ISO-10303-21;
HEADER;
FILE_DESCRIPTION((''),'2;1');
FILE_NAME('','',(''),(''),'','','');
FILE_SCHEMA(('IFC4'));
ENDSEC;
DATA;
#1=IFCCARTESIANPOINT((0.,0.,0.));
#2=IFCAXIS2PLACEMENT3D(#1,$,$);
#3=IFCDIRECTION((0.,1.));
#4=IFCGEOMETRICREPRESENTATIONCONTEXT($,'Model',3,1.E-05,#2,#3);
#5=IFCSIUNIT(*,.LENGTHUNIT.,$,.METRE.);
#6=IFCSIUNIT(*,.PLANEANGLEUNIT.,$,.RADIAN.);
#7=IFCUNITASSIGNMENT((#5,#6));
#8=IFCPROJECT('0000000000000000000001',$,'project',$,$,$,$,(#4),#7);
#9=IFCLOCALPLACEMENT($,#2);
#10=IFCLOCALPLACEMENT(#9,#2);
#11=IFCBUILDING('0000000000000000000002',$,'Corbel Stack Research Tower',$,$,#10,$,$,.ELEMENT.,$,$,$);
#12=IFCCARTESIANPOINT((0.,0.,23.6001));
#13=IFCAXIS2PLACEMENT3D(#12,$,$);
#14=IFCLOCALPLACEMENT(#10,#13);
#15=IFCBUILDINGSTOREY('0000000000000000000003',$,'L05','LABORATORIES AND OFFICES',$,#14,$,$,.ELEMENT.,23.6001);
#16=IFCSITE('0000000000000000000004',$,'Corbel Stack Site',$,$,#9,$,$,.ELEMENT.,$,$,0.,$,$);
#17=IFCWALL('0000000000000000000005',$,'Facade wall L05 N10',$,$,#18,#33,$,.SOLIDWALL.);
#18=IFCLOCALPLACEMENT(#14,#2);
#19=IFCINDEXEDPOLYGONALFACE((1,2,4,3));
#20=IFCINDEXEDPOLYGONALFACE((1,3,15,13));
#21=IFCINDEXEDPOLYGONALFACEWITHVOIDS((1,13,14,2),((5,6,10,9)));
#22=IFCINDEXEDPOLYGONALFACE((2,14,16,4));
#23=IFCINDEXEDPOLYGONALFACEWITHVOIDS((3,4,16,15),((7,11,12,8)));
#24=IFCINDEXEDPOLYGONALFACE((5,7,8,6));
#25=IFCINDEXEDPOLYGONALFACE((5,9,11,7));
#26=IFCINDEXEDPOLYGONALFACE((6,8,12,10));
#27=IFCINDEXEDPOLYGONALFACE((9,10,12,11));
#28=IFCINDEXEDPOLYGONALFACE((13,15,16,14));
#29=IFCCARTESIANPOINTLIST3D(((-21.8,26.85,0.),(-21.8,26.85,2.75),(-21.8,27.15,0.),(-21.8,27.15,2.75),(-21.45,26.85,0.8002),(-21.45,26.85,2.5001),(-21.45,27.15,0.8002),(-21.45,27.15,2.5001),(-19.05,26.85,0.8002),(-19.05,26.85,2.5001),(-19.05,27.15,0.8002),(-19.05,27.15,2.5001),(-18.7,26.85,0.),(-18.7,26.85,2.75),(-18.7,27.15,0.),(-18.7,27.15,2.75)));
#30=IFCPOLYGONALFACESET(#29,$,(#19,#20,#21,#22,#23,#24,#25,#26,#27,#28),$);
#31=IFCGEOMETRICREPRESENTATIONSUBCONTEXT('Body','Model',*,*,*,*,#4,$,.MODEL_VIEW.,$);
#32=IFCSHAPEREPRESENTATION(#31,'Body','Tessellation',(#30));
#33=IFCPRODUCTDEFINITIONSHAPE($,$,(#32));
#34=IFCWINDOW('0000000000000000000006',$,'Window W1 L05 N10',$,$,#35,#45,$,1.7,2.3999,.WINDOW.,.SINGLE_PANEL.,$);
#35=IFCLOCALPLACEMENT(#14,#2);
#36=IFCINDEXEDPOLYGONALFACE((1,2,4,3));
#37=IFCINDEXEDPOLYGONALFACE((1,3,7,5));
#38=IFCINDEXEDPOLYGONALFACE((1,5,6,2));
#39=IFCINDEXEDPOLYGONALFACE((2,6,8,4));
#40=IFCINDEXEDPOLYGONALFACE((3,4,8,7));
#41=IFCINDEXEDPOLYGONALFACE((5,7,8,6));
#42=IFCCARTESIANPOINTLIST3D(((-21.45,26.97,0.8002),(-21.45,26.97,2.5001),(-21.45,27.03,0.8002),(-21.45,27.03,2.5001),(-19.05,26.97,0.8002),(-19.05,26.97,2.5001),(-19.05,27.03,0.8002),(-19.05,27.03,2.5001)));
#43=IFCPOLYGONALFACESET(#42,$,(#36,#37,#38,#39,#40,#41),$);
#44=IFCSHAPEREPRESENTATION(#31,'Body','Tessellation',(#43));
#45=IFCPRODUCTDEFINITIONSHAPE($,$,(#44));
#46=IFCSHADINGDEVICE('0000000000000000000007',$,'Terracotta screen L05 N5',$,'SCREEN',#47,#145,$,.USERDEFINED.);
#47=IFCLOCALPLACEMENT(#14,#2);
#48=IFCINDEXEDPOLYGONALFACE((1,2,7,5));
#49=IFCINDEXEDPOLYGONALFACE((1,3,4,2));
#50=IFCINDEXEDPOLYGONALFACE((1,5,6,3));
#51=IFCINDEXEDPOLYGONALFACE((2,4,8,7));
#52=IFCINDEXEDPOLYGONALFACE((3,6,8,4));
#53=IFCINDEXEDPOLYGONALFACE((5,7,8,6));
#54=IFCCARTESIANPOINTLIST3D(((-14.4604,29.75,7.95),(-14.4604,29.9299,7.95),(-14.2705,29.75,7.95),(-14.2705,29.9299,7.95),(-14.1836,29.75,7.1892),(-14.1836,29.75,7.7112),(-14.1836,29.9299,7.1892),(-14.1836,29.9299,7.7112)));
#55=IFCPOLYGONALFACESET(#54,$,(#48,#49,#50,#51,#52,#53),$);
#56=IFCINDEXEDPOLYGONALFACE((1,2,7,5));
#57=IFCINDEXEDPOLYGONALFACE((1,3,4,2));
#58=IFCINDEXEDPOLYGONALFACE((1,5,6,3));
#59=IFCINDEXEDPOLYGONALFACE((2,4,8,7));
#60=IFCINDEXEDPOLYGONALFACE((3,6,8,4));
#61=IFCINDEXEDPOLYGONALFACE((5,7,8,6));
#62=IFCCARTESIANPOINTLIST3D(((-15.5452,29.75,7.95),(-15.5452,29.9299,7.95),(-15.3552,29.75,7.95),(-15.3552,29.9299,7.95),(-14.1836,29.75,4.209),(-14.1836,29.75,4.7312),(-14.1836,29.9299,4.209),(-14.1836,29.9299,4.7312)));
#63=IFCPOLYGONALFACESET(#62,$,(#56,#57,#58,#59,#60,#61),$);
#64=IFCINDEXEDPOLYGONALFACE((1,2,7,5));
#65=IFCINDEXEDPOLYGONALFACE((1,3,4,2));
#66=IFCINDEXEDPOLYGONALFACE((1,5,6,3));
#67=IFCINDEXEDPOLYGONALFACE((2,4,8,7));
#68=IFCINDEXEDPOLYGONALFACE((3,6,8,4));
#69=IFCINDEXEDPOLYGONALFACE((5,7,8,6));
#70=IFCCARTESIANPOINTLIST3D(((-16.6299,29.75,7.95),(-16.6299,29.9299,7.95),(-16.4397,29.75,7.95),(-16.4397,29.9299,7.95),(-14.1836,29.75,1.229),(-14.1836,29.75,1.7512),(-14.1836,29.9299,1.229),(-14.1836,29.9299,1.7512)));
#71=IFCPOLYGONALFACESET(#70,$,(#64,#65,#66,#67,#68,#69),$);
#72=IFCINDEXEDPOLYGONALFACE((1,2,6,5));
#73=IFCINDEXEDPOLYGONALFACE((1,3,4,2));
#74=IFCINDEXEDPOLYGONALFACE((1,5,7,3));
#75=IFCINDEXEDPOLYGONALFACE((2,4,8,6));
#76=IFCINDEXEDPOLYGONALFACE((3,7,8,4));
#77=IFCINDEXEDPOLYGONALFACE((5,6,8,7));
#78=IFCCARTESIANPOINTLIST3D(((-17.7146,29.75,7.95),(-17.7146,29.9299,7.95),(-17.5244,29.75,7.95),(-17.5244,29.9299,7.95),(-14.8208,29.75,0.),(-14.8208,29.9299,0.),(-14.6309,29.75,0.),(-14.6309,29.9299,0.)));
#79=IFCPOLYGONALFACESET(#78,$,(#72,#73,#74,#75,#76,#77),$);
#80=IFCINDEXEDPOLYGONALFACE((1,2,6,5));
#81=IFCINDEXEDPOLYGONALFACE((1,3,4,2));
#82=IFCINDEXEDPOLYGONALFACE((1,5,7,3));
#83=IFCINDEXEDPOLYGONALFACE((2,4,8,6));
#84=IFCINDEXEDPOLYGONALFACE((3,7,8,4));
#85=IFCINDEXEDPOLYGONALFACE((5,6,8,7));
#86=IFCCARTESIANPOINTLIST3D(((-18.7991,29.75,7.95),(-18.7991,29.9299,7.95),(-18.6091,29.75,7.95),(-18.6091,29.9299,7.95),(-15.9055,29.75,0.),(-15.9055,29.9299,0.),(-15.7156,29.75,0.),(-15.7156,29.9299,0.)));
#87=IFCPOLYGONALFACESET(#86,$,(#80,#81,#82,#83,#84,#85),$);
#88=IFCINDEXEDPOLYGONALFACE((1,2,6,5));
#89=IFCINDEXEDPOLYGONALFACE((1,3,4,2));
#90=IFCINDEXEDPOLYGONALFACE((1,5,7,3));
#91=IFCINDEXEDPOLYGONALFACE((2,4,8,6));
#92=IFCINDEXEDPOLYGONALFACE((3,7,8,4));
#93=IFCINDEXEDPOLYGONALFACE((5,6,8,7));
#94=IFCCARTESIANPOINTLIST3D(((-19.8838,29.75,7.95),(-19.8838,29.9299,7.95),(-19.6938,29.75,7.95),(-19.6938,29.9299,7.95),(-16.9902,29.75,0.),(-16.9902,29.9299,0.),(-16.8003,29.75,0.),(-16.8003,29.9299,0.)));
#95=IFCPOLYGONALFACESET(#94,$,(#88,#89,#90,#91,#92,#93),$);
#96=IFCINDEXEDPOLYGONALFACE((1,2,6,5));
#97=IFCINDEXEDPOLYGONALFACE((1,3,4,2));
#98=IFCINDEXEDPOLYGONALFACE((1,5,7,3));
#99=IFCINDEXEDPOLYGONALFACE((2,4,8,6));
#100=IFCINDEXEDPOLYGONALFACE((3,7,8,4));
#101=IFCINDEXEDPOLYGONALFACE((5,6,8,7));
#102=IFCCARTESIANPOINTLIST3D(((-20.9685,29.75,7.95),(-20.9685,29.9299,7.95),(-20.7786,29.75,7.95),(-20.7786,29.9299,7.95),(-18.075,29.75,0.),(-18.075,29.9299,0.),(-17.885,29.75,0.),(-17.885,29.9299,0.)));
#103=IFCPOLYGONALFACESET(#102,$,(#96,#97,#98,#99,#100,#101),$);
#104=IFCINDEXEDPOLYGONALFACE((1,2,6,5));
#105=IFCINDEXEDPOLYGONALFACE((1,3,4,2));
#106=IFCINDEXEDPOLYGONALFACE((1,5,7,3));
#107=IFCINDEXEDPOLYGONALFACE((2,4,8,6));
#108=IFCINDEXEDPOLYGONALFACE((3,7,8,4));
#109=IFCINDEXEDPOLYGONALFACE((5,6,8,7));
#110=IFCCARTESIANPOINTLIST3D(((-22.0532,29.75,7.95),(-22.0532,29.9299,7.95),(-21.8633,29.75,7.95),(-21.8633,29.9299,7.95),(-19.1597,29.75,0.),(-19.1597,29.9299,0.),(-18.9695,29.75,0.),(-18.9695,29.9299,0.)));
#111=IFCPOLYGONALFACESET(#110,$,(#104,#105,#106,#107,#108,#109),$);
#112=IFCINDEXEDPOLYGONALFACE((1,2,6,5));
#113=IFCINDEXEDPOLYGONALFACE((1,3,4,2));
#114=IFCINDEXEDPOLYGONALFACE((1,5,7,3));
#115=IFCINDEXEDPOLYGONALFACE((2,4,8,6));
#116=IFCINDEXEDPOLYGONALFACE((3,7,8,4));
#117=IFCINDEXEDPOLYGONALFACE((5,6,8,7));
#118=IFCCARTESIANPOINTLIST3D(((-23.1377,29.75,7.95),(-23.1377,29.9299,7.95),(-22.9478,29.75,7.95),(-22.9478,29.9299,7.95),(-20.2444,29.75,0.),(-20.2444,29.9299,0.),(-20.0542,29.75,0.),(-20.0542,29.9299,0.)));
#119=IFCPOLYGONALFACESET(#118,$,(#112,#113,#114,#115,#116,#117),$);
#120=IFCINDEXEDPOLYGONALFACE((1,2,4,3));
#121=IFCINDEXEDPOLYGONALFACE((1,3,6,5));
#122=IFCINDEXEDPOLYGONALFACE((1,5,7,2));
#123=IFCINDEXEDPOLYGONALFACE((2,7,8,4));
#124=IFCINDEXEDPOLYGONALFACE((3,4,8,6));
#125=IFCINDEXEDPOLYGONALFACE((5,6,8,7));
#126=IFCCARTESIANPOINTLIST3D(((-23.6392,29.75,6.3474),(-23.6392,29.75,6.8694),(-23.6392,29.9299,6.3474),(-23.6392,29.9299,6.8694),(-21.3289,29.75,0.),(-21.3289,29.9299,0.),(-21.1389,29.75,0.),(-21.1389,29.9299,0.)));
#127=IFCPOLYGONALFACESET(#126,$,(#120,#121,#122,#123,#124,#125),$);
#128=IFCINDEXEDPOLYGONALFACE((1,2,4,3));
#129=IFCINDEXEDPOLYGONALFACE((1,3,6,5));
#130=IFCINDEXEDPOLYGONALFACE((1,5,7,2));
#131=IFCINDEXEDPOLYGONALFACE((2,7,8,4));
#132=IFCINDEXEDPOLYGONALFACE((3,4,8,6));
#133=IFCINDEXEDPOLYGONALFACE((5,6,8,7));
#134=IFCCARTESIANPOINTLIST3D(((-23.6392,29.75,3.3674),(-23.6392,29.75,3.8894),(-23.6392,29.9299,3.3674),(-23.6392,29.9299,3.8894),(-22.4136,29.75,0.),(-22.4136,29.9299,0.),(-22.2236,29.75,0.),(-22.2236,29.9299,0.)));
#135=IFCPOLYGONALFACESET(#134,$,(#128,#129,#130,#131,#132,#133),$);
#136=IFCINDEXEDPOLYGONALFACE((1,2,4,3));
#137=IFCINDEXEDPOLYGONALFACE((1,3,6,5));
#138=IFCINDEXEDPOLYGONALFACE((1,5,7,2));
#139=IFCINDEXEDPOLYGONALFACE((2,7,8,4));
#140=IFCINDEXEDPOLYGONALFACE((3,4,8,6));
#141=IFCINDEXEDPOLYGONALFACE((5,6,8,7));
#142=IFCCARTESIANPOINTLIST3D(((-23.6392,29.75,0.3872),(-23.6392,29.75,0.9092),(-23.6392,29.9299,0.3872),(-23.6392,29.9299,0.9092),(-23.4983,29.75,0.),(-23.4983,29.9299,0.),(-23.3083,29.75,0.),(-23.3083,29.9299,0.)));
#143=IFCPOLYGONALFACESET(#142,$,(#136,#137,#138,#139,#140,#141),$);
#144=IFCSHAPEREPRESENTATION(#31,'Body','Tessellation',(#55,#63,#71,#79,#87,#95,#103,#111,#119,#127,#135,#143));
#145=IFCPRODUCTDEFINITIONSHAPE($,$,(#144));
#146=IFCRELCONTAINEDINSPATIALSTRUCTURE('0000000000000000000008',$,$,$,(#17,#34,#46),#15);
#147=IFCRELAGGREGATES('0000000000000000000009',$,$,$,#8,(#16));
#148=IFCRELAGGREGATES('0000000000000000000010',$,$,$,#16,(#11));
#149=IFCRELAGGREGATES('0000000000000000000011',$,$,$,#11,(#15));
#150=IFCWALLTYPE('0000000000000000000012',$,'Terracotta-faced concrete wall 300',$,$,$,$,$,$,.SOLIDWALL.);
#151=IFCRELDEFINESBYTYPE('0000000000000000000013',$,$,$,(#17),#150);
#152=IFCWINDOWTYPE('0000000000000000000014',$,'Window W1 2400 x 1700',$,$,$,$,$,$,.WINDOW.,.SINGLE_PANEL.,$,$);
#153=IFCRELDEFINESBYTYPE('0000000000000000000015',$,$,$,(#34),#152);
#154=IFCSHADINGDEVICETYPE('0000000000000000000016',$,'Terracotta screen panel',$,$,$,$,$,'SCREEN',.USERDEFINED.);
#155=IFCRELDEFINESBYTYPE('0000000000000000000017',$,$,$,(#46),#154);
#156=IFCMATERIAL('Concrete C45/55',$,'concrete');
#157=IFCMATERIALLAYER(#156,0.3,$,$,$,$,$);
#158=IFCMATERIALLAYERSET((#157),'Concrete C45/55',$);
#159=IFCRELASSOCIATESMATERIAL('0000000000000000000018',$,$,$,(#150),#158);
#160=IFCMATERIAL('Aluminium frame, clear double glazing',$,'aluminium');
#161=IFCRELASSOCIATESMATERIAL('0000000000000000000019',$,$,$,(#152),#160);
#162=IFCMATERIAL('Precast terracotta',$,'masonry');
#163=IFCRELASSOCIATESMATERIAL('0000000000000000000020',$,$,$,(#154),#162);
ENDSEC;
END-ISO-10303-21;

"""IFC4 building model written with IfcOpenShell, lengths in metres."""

from ifc_helpers import new_model, si_unit, direction, frame, frame_2d, origin, place, context, subcontext, project, spatial, polyline, rectangle, outline, extrude, source, transform, mapped, material, layer, layer_set, type_object, element, fill, save


model = new_model("IFC4")

# Units and contexts
model_context = context("Model", 3, precision=1e-05, world=origin(), true_north=direction((0.0, 1.0)))
body_context = subcontext(model_context, "Body", "Model", "MODEL_VIEW")
ifc_project = project(units=[si_unit("LENGTHUNIT", "METRE"), si_unit("PLANEANGLEUNIT", "RADIAN")], contexts=[model_context])

# Site, building, storey
site_placement = place(None, origin())
site = spatial("IfcSite", under=ifc_project, at=site_placement, Name="Corbel Stack Site", CompositionType="ELEMENT", RefElevation=0.0)
building_placement = place(site_placement, origin())
building = spatial("IfcBuilding", under=site, at=building_placement, Name="Corbel Stack Research Tower", CompositionType="ELEMENT")
storey_placement = place(building_placement, frame((0.0, 0.0, 23.6001)))
storey = spatial("IfcBuildingStorey", under=building, at=storey_placement, Name="L05", Description="LABORATORIES AND OFFICES", CompositionType="ELEMENT", Elevation=23.6001)

# Shared definitions
ifc_material_1 = material(Name="Concrete C45/55", Category="concrete")
ifc_layer_1 = layer(ifc_material_1, 0.3)
ifc_layer_set_1 = layer_set([ifc_layer_1], Name="Concrete C45/55")
wall_type_1 = type_object("IfcWallType", Name="Terracotta-faced concrete wall 300", PredefinedType="SOLIDWALL", material=ifc_layer_set_1)

# Wall, opening, window
wall_1_placement = place(storey_placement, frame((-21.8, 27.0, 0.0), z_axis=(0.0, 0.0, 1.0), x_axis=(1.0, 0.0, 0.0)))
wall_1 = element("IfcWall", 1, at=wall_1_placement, inside=storey, type_object=wall_type_1, Name="Facade wall L05 N10", PredefinedType="SOLIDWALL", context=body_context, shape_type="SweptSolid", body=[
    extrude(rectangle(XDim=3.1001, YDim=0.3, at=frame_2d((1.55, 0.0))), origin(), (0.0, 0.0, 1.0), 2.75),
])
opening_1_placement = place(wall_1_placement, frame((0.3501, 0.0, 0.8)))
opening_1 = element("IfcOpeningElement", 2, at=opening_1_placement, cuts=wall_1, PredefinedType="OPENING", context=body_context, shape_type="SweptSolid", body=[
    extrude(rectangle(XDim=2.3999, YDim=1.7, at=frame_2d((1.2, 0.8501))), frame((0.0, 0.1599, 0.0), z_axis=(0.0, -1.0, 0.0), x_axis=(1.0, 0.0, 0.0)), (0.0, 0.0, 1.0), 0.3201),
])
ifc_material_2 = material(Name="Aluminium frame, clear double glazing", Category="aluminium")
window_type = type_object("IfcWindowType", Name="Window W1 2400 x 1700", PartitioningType="SINGLE_PANEL", PredefinedType="WINDOW", material=ifc_material_2)
window_placement = place(opening_1_placement, origin())
window = element("IfcWindow", 3, at=window_placement, inside=storey, type_object=window_type, Name="Window W1 L05 N10", OverallHeight=1.7, OverallWidth=2.3999, PartitioningType="SINGLE_PANEL", PredefinedType="WINDOW", context=body_context, shape_type="SweptSolid", body=[
    extrude(rectangle(XDim=2.3999, YDim=1.7, at=frame_2d((1.2, 0.8501))), frame((0.0, 0.03, 0.0), z_axis=(0.0, -1.0, 0.0), x_axis=(1.0, 0.0, 0.0)), (0.0, 0.0, 1.0), 0.0601),
])
fill(opening_1, window)

# Shading device
ifc_material_3 = material(Name="Precast terracotta", Category="masonry")
shading_device_type = type_object("IfcShadingDeviceType", Name="Terracotta screen panel", ElementType="SCREEN", PredefinedType="USERDEFINED", material=ifc_material_3)
shared_shape = source(origin(), body_context, "Body", "SweptSolid", [
    extrude(outline(polyline([(0.2769, 7.95), (0.0869, 7.95), (0.0, 7.7112), (0.0, 7.1892), (0.2769, 7.95)])), frame((0.0, 0.0, 0.0), z_axis=(0.0, -1.0, 0.0), x_axis=(1.0, 0.0, 0.0)), (0.0, 0.0, 1.0), 0.1799),
    extrude(outline(polyline([(1.3616, 7.95), (1.1716, 7.95), (0.0, 4.7312), (0.0, 4.209), (1.3616, 7.95)])), frame((0.0, 0.0, 0.0), z_axis=(0.0, -1.0, 0.0), x_axis=(1.0, 0.0, 0.0)), (0.0, 0.0, 1.0), 0.1799),
    extrude(outline(polyline([(2.4463, 7.95), (2.2561, 7.95), (0.0, 1.7512), (0.0, 1.229), (2.4463, 7.95)])), frame((0.0, 0.0, 0.0), z_axis=(0.0, -1.0, 0.0), x_axis=(1.0, 0.0, 0.0)), (0.0, 0.0, 1.0), 0.1799),
    extrude(outline(polyline([(0.6372, 0.0), (3.531, 7.95), (3.3408, 7.95), (0.4473, 0.0), (0.6372, 0.0)])), frame((0.0, 0.0, 0.0), z_axis=(0.0, -1.0, 0.0), x_axis=(1.0, 0.0, 0.0)), (0.0, 0.0, 1.0), 0.1799),
    extrude(outline(polyline([(1.7219, 0.0), (4.6155, 7.95), (4.4255, 7.95), (1.532, 0.0), (1.7219, 0.0)])), frame((0.0, 0.0, 0.0), z_axis=(0.0, -1.0, 0.0), x_axis=(1.0, 0.0, 0.0)), (0.0, 0.0, 1.0), 0.1799),
    extrude(outline(polyline([(2.8066, 0.0), (5.7002, 7.95), (5.5103, 7.95), (2.6167, 0.0), (2.8066, 0.0)])), frame((0.0, 0.0, 0.0), z_axis=(0.0, -1.0, 0.0), x_axis=(1.0, 0.0, 0.0)), (0.0, 0.0, 1.0), 0.1799),
    extrude(outline(polyline([(3.8914, 0.0), (6.7849, 7.95), (6.595, 7.95), (3.7014, 0.0), (3.8914, 0.0)])), frame((0.0, 0.0, 0.0), z_axis=(0.0, -1.0, 0.0), x_axis=(1.0, 0.0, 0.0)), (0.0, 0.0, 1.0), 0.1799),
    extrude(outline(polyline([(4.9761, 0.0), (7.8696, 7.95), (7.6797, 7.95), (4.7859, 0.0), (4.9761, 0.0)])), frame((0.0, 0.0, 0.0), z_axis=(0.0, -1.0, 0.0), x_axis=(1.0, 0.0, 0.0)), (0.0, 0.0, 1.0), 0.1799),
    extrude(outline(polyline([(6.0608, 0.0), (8.9541, 7.95), (8.7642, 7.95), (5.8706, 0.0), (6.0608, 0.0)])), frame((0.0, 0.0, 0.0), z_axis=(0.0, -1.0, 0.0), x_axis=(1.0, 0.0, 0.0)), (0.0, 0.0, 1.0), 0.1799),
    extrude(outline(polyline([(7.1453, 0.0), (9.4556, 6.3474), (9.4556, 6.8694), (6.9553, 0.0), (7.1453, 0.0)])), frame((0.0, 0.0, 0.0), z_axis=(0.0, -1.0, 0.0), x_axis=(1.0, 0.0, 0.0)), (0.0, 0.0, 1.0), 0.1799),
    extrude(outline(polyline([(8.23, 0.0), (9.4556, 3.3674), (9.4556, 3.8894), (8.04, 0.0), (8.23, 0.0)])), frame((0.0, 0.0, 0.0), z_axis=(0.0, -1.0, 0.0), x_axis=(1.0, 0.0, 0.0)), (0.0, 0.0, 1.0), 0.1799),
    extrude(outline(polyline([(9.3147, 0.0), (9.4556, 0.3872), (9.4556, 0.9092), (9.1248, 0.0), (9.3147, 0.0)])), frame((0.0, 0.0, 0.0), z_axis=(0.0, -1.0, 0.0), x_axis=(1.0, 0.0, 0.0)), (0.0, 0.0, 1.0), 0.1799),
])
shading_device_placement = place(storey_placement, frame((-14.1836, 29.75, 0.0), z_axis=(0.0, 0.0, 1.0), x_axis=(-1.0, 0.0, 0.0)))
element("IfcShadingDevice", 4, at=shading_device_placement, inside=storey, type_object=shading_device_type, Name="Terracotta screen L05 N5", ObjectType="SCREEN", PredefinedType="USERDEFINED", context=body_context, shape_type="MappedRepresentation", body=[
    mapped(shared_shape, transform((0.0, 0.0, 0.0))),
])

save(model, "model.ifc")
